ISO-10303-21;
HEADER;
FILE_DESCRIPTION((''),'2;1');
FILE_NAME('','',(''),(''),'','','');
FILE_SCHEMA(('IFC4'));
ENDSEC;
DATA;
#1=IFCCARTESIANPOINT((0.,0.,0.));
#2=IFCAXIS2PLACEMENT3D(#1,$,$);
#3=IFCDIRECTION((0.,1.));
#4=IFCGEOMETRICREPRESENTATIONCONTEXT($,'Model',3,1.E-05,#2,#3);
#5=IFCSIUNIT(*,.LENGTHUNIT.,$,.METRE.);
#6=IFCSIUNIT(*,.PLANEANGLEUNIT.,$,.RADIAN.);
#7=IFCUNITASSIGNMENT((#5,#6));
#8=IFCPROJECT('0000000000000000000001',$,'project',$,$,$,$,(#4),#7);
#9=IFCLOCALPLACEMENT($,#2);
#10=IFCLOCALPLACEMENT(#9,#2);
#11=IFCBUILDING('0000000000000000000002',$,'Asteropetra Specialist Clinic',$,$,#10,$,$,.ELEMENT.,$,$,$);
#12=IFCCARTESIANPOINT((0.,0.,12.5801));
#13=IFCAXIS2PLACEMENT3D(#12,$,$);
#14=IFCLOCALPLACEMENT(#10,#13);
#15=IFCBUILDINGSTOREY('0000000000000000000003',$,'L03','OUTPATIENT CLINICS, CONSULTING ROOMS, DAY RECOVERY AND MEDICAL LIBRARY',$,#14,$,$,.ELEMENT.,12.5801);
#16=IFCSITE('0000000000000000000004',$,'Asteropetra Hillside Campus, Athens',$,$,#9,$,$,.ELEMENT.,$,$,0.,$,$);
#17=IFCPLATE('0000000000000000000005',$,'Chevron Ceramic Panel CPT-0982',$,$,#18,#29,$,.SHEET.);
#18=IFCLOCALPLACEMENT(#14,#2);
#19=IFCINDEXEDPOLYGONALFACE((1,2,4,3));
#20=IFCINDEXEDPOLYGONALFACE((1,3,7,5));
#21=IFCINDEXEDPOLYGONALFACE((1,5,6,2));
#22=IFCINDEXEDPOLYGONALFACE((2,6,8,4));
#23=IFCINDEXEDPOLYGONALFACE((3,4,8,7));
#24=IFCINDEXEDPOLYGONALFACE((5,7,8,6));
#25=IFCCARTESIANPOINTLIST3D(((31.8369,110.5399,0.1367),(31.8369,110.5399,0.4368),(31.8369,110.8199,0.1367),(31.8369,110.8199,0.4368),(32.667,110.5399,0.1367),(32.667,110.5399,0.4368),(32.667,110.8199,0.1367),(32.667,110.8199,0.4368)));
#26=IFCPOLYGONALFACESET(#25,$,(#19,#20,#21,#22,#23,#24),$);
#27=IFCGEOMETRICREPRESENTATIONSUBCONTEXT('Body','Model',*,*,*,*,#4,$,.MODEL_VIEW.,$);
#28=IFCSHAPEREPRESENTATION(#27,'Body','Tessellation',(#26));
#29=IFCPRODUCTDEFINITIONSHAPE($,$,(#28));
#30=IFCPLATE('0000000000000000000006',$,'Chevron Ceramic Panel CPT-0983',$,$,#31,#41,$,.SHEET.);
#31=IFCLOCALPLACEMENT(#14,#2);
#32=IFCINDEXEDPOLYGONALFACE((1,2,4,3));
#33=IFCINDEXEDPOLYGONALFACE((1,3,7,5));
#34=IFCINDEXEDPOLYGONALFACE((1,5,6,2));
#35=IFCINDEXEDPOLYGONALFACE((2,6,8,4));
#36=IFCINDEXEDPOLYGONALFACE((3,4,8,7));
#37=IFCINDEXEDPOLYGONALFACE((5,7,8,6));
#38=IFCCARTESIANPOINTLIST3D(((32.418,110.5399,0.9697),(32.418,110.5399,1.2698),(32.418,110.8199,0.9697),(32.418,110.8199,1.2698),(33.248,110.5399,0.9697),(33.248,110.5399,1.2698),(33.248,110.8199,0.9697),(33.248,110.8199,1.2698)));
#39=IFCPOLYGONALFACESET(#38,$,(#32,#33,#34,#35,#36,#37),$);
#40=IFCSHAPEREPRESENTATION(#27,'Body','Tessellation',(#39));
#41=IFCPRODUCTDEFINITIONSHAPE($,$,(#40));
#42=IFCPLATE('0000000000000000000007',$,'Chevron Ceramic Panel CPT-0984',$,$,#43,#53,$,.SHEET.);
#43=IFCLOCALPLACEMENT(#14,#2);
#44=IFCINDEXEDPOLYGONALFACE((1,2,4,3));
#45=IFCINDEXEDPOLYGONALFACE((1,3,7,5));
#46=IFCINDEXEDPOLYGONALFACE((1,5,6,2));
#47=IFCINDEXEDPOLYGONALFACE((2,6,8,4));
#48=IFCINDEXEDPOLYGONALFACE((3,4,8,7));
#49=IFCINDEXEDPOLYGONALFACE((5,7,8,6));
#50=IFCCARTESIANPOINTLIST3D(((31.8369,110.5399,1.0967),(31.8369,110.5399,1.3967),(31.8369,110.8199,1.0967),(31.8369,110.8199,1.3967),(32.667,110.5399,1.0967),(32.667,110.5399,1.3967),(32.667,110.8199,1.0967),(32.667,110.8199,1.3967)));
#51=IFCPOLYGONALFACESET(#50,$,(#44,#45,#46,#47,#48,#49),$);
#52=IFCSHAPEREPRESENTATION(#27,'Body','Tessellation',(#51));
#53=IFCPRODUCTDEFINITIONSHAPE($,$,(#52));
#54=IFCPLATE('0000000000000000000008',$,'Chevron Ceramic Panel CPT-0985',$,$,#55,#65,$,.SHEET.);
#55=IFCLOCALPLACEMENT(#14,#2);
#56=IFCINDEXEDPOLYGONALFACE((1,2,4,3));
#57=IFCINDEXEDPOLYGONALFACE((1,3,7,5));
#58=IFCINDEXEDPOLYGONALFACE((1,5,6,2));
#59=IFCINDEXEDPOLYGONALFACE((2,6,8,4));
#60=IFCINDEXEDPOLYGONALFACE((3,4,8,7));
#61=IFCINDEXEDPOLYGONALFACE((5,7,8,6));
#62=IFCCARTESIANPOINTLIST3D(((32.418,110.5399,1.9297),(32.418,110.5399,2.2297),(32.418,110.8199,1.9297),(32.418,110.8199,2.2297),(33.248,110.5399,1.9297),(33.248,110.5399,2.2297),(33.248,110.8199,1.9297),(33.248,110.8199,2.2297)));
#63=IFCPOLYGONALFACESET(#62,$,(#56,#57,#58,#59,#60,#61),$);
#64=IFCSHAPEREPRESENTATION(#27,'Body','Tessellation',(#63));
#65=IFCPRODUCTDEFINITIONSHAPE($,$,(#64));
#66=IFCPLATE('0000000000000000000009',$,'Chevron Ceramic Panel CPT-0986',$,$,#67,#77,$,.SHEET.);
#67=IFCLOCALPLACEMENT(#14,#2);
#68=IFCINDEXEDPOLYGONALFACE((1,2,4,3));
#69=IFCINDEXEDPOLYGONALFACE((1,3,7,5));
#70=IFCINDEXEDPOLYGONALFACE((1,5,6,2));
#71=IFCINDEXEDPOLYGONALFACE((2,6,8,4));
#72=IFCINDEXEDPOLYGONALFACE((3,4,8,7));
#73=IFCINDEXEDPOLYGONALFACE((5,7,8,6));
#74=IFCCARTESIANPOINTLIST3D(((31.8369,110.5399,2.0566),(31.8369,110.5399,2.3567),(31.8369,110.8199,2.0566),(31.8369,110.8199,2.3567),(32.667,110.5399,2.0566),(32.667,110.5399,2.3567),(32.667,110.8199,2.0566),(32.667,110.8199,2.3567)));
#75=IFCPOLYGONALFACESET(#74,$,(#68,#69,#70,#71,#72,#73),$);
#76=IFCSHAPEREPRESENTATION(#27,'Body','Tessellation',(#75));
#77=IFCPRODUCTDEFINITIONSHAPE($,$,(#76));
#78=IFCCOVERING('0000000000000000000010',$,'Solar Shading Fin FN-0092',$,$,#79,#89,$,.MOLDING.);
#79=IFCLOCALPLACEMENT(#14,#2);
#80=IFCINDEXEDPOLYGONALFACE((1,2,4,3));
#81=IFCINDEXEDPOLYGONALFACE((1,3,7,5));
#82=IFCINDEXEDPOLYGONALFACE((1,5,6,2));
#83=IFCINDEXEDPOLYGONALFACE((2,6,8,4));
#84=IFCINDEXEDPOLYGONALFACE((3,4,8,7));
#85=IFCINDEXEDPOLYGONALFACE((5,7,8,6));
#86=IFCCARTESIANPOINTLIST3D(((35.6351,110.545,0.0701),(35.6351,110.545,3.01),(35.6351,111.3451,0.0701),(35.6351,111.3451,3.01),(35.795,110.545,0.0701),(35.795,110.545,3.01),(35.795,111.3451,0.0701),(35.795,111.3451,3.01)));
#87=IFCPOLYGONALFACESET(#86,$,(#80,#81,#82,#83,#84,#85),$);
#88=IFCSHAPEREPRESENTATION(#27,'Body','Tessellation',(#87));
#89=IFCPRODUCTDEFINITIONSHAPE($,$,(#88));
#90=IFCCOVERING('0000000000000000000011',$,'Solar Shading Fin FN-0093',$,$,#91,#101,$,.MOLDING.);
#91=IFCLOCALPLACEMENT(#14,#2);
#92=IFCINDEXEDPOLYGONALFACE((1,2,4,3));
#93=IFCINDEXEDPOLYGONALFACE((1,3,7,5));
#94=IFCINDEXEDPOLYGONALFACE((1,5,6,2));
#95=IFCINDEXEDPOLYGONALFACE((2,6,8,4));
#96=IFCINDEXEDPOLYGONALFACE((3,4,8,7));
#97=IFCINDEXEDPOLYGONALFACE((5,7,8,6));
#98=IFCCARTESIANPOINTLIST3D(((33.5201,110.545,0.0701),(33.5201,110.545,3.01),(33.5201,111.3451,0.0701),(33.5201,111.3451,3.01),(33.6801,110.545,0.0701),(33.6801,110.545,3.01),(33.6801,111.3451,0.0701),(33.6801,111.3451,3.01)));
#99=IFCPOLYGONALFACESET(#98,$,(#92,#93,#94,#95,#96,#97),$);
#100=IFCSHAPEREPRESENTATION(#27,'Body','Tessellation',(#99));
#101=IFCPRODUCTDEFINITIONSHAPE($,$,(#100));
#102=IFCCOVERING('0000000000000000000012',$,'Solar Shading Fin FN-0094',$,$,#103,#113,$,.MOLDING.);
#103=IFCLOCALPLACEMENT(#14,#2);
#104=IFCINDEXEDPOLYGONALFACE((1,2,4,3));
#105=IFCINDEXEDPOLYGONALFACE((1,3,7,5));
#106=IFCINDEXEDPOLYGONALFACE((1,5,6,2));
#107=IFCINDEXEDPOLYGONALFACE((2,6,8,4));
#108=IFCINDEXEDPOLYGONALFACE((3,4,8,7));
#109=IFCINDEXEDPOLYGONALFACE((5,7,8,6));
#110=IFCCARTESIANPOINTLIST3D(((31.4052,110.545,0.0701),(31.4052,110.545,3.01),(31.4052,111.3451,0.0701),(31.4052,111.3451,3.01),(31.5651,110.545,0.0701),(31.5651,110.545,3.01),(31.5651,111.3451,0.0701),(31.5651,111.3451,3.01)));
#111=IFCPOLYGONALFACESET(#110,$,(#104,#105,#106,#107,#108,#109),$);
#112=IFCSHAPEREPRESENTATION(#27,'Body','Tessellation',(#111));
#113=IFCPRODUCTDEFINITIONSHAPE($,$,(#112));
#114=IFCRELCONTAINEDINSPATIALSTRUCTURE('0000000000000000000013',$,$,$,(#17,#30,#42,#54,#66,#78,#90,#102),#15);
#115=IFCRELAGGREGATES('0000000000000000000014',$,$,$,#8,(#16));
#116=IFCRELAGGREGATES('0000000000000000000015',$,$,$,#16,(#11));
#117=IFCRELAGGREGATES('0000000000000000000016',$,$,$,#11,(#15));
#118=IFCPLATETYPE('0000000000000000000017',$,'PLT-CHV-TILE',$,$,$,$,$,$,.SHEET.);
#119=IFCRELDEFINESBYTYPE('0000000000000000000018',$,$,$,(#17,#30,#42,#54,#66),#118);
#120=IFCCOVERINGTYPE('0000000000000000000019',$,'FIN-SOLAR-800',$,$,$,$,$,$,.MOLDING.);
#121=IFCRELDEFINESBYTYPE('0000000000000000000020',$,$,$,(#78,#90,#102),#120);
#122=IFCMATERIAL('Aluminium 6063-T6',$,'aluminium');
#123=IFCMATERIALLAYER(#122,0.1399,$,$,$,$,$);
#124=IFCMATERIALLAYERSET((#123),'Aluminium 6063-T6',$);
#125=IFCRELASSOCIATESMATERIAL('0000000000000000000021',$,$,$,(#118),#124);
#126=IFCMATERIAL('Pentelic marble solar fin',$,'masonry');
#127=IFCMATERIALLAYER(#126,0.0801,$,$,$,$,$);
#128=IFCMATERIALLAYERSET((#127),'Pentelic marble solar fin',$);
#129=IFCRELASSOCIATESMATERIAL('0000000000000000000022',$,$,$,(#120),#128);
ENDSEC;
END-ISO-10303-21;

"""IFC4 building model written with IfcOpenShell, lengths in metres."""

from ifc_helpers import new_model, si_unit, direction, frame, origin, origin_2d, place, context, subcontext, project, spatial, rectangle, extrude, material, layer, layer_set, type_object, element, save


model = new_model("IFC4")

# Units and contexts
model_context = context("Model", 3, precision=1e-05, world=origin(), true_north=direction((0.0, 1.0)))
body_context = subcontext(model_context, "Body", "Model", "MODEL_VIEW")
ifc_project = project(units=[si_unit("LENGTHUNIT", "METRE"), si_unit("PLANEANGLEUNIT", "RADIAN")], contexts=[model_context])

# Site, building, storey
site_placement = place(None, origin())
site = spatial("IfcSite", under=ifc_project, at=site_placement, Name="Asteropetra Hillside Campus, Athens", CompositionType="ELEMENT", RefElevation=0.0)
building_placement = place(site_placement, origin())
building = spatial("IfcBuilding", under=site, at=building_placement, Name="Asteropetra Specialist Clinic", CompositionType="ELEMENT")
storey_placement = place(building_placement, frame((0.0, 0.0, 12.5801)))
storey = spatial("IfcBuildingStorey", under=building, at=storey_placement, Name="L03", Description="OUTPATIENT CLINICS, CONSULTING ROOMS, DAY RECOVERY AND MEDICAL LIBRARY", CompositionType="ELEMENT", Elevation=12.5801)

# Plates
ifc_material_1 = material(Name="Aluminium 6063-T6", Category="aluminium")
ifc_layer_1 = layer(ifc_material_1, 0.1399)
ifc_layer_set_1 = layer_set([ifc_layer_1], Name="Aluminium 6063-T6")
plate_type_1 = type_object("IfcPlateType", Name="PLT-CHV-TILE", PredefinedType="SHEET", material=ifc_layer_set_1)
for number, where, z_axis, x_axis, name in (
    (1, (32.252, 110.6799, 0.1367), (0.0, 0.0, 1.0), (1.0, 0.0, 0.0), "Chevron Ceramic Panel CPT-0982"),
    (2, (32.833, 110.6799, 0.9697), (0.0, 0.0, 1.0), (1.0, 0.0, 0.0), "Chevron Ceramic Panel CPT-0983"),
    (3, (32.252, 110.6799, 1.0967), (0.0, 0.0, 1.0), (1.0, 0.0, 0.0), "Chevron Ceramic Panel CPT-0984"),
    (4, (32.833, 110.6799, 1.9297), (0.0, 0.0, 1.0), (1.0, 0.0, 0.0), "Chevron Ceramic Panel CPT-0985"),
    (5, (32.252, 110.6799, 2.0566), (0.0, 0.0, 1.0), (1.0, 0.0, 0.0), "Chevron Ceramic Panel CPT-0986"),
):
    element("IfcPlate", number, at=place(storey_placement, frame(where, z_axis=z_axis, x_axis=x_axis)), inside=storey, type_object=plate_type_1, Name=name, PredefinedType="SHEET", context=body_context, shape_type="SweptSolid", body=[
        extrude(rectangle(XDim=0.8301, YDim=0.28, at=origin_2d()), origin(), (0.0, 0.0, 1.0), 0.3),
    ])

# Coverings
ifc_material_2 = material(Name="Pentelic marble solar fin", Category="masonry")
ifc_layer_2 = layer(ifc_material_2, 0.0801)
ifc_layer_set_2 = layer_set([ifc_layer_2], Name="Pentelic marble solar fin")
covering_type = type_object("IfcCoveringType", Name="FIN-SOLAR-800", PredefinedType="MOLDING", material=ifc_layer_set_2)
for number, where, z_axis, x_axis, name in (
    (6, (35.7151, 110.9451, 0.0701), (0.0, 0.0, 1.0), (1.0, 0.0, 0.0), "Solar Shading Fin FN-0092"),
    (7, (33.6001, 110.9451, 0.0701), (0.0, 0.0, 1.0), (1.0, 0.0, 0.0), "Solar Shading Fin FN-0093"),
    (8, (31.4851, 110.9451, 0.0701), (0.0, 0.0, 1.0), (1.0, 0.0, 0.0), "Solar Shading Fin FN-0094"),
):
    element("IfcCovering", number, at=place(storey_placement, frame(where, z_axis=z_axis, x_axis=x_axis)), inside=storey, type_object=covering_type, Name=name, PredefinedType="MOLDING", context=body_context, shape_type="SweptSolid", body=[
        extrude(rectangle(XDim=0.1599, YDim=0.8, at=origin_2d()), origin(), (0.0, 0.0, 1.0), 2.9399),
    ])

save(model, "model.ifc")
